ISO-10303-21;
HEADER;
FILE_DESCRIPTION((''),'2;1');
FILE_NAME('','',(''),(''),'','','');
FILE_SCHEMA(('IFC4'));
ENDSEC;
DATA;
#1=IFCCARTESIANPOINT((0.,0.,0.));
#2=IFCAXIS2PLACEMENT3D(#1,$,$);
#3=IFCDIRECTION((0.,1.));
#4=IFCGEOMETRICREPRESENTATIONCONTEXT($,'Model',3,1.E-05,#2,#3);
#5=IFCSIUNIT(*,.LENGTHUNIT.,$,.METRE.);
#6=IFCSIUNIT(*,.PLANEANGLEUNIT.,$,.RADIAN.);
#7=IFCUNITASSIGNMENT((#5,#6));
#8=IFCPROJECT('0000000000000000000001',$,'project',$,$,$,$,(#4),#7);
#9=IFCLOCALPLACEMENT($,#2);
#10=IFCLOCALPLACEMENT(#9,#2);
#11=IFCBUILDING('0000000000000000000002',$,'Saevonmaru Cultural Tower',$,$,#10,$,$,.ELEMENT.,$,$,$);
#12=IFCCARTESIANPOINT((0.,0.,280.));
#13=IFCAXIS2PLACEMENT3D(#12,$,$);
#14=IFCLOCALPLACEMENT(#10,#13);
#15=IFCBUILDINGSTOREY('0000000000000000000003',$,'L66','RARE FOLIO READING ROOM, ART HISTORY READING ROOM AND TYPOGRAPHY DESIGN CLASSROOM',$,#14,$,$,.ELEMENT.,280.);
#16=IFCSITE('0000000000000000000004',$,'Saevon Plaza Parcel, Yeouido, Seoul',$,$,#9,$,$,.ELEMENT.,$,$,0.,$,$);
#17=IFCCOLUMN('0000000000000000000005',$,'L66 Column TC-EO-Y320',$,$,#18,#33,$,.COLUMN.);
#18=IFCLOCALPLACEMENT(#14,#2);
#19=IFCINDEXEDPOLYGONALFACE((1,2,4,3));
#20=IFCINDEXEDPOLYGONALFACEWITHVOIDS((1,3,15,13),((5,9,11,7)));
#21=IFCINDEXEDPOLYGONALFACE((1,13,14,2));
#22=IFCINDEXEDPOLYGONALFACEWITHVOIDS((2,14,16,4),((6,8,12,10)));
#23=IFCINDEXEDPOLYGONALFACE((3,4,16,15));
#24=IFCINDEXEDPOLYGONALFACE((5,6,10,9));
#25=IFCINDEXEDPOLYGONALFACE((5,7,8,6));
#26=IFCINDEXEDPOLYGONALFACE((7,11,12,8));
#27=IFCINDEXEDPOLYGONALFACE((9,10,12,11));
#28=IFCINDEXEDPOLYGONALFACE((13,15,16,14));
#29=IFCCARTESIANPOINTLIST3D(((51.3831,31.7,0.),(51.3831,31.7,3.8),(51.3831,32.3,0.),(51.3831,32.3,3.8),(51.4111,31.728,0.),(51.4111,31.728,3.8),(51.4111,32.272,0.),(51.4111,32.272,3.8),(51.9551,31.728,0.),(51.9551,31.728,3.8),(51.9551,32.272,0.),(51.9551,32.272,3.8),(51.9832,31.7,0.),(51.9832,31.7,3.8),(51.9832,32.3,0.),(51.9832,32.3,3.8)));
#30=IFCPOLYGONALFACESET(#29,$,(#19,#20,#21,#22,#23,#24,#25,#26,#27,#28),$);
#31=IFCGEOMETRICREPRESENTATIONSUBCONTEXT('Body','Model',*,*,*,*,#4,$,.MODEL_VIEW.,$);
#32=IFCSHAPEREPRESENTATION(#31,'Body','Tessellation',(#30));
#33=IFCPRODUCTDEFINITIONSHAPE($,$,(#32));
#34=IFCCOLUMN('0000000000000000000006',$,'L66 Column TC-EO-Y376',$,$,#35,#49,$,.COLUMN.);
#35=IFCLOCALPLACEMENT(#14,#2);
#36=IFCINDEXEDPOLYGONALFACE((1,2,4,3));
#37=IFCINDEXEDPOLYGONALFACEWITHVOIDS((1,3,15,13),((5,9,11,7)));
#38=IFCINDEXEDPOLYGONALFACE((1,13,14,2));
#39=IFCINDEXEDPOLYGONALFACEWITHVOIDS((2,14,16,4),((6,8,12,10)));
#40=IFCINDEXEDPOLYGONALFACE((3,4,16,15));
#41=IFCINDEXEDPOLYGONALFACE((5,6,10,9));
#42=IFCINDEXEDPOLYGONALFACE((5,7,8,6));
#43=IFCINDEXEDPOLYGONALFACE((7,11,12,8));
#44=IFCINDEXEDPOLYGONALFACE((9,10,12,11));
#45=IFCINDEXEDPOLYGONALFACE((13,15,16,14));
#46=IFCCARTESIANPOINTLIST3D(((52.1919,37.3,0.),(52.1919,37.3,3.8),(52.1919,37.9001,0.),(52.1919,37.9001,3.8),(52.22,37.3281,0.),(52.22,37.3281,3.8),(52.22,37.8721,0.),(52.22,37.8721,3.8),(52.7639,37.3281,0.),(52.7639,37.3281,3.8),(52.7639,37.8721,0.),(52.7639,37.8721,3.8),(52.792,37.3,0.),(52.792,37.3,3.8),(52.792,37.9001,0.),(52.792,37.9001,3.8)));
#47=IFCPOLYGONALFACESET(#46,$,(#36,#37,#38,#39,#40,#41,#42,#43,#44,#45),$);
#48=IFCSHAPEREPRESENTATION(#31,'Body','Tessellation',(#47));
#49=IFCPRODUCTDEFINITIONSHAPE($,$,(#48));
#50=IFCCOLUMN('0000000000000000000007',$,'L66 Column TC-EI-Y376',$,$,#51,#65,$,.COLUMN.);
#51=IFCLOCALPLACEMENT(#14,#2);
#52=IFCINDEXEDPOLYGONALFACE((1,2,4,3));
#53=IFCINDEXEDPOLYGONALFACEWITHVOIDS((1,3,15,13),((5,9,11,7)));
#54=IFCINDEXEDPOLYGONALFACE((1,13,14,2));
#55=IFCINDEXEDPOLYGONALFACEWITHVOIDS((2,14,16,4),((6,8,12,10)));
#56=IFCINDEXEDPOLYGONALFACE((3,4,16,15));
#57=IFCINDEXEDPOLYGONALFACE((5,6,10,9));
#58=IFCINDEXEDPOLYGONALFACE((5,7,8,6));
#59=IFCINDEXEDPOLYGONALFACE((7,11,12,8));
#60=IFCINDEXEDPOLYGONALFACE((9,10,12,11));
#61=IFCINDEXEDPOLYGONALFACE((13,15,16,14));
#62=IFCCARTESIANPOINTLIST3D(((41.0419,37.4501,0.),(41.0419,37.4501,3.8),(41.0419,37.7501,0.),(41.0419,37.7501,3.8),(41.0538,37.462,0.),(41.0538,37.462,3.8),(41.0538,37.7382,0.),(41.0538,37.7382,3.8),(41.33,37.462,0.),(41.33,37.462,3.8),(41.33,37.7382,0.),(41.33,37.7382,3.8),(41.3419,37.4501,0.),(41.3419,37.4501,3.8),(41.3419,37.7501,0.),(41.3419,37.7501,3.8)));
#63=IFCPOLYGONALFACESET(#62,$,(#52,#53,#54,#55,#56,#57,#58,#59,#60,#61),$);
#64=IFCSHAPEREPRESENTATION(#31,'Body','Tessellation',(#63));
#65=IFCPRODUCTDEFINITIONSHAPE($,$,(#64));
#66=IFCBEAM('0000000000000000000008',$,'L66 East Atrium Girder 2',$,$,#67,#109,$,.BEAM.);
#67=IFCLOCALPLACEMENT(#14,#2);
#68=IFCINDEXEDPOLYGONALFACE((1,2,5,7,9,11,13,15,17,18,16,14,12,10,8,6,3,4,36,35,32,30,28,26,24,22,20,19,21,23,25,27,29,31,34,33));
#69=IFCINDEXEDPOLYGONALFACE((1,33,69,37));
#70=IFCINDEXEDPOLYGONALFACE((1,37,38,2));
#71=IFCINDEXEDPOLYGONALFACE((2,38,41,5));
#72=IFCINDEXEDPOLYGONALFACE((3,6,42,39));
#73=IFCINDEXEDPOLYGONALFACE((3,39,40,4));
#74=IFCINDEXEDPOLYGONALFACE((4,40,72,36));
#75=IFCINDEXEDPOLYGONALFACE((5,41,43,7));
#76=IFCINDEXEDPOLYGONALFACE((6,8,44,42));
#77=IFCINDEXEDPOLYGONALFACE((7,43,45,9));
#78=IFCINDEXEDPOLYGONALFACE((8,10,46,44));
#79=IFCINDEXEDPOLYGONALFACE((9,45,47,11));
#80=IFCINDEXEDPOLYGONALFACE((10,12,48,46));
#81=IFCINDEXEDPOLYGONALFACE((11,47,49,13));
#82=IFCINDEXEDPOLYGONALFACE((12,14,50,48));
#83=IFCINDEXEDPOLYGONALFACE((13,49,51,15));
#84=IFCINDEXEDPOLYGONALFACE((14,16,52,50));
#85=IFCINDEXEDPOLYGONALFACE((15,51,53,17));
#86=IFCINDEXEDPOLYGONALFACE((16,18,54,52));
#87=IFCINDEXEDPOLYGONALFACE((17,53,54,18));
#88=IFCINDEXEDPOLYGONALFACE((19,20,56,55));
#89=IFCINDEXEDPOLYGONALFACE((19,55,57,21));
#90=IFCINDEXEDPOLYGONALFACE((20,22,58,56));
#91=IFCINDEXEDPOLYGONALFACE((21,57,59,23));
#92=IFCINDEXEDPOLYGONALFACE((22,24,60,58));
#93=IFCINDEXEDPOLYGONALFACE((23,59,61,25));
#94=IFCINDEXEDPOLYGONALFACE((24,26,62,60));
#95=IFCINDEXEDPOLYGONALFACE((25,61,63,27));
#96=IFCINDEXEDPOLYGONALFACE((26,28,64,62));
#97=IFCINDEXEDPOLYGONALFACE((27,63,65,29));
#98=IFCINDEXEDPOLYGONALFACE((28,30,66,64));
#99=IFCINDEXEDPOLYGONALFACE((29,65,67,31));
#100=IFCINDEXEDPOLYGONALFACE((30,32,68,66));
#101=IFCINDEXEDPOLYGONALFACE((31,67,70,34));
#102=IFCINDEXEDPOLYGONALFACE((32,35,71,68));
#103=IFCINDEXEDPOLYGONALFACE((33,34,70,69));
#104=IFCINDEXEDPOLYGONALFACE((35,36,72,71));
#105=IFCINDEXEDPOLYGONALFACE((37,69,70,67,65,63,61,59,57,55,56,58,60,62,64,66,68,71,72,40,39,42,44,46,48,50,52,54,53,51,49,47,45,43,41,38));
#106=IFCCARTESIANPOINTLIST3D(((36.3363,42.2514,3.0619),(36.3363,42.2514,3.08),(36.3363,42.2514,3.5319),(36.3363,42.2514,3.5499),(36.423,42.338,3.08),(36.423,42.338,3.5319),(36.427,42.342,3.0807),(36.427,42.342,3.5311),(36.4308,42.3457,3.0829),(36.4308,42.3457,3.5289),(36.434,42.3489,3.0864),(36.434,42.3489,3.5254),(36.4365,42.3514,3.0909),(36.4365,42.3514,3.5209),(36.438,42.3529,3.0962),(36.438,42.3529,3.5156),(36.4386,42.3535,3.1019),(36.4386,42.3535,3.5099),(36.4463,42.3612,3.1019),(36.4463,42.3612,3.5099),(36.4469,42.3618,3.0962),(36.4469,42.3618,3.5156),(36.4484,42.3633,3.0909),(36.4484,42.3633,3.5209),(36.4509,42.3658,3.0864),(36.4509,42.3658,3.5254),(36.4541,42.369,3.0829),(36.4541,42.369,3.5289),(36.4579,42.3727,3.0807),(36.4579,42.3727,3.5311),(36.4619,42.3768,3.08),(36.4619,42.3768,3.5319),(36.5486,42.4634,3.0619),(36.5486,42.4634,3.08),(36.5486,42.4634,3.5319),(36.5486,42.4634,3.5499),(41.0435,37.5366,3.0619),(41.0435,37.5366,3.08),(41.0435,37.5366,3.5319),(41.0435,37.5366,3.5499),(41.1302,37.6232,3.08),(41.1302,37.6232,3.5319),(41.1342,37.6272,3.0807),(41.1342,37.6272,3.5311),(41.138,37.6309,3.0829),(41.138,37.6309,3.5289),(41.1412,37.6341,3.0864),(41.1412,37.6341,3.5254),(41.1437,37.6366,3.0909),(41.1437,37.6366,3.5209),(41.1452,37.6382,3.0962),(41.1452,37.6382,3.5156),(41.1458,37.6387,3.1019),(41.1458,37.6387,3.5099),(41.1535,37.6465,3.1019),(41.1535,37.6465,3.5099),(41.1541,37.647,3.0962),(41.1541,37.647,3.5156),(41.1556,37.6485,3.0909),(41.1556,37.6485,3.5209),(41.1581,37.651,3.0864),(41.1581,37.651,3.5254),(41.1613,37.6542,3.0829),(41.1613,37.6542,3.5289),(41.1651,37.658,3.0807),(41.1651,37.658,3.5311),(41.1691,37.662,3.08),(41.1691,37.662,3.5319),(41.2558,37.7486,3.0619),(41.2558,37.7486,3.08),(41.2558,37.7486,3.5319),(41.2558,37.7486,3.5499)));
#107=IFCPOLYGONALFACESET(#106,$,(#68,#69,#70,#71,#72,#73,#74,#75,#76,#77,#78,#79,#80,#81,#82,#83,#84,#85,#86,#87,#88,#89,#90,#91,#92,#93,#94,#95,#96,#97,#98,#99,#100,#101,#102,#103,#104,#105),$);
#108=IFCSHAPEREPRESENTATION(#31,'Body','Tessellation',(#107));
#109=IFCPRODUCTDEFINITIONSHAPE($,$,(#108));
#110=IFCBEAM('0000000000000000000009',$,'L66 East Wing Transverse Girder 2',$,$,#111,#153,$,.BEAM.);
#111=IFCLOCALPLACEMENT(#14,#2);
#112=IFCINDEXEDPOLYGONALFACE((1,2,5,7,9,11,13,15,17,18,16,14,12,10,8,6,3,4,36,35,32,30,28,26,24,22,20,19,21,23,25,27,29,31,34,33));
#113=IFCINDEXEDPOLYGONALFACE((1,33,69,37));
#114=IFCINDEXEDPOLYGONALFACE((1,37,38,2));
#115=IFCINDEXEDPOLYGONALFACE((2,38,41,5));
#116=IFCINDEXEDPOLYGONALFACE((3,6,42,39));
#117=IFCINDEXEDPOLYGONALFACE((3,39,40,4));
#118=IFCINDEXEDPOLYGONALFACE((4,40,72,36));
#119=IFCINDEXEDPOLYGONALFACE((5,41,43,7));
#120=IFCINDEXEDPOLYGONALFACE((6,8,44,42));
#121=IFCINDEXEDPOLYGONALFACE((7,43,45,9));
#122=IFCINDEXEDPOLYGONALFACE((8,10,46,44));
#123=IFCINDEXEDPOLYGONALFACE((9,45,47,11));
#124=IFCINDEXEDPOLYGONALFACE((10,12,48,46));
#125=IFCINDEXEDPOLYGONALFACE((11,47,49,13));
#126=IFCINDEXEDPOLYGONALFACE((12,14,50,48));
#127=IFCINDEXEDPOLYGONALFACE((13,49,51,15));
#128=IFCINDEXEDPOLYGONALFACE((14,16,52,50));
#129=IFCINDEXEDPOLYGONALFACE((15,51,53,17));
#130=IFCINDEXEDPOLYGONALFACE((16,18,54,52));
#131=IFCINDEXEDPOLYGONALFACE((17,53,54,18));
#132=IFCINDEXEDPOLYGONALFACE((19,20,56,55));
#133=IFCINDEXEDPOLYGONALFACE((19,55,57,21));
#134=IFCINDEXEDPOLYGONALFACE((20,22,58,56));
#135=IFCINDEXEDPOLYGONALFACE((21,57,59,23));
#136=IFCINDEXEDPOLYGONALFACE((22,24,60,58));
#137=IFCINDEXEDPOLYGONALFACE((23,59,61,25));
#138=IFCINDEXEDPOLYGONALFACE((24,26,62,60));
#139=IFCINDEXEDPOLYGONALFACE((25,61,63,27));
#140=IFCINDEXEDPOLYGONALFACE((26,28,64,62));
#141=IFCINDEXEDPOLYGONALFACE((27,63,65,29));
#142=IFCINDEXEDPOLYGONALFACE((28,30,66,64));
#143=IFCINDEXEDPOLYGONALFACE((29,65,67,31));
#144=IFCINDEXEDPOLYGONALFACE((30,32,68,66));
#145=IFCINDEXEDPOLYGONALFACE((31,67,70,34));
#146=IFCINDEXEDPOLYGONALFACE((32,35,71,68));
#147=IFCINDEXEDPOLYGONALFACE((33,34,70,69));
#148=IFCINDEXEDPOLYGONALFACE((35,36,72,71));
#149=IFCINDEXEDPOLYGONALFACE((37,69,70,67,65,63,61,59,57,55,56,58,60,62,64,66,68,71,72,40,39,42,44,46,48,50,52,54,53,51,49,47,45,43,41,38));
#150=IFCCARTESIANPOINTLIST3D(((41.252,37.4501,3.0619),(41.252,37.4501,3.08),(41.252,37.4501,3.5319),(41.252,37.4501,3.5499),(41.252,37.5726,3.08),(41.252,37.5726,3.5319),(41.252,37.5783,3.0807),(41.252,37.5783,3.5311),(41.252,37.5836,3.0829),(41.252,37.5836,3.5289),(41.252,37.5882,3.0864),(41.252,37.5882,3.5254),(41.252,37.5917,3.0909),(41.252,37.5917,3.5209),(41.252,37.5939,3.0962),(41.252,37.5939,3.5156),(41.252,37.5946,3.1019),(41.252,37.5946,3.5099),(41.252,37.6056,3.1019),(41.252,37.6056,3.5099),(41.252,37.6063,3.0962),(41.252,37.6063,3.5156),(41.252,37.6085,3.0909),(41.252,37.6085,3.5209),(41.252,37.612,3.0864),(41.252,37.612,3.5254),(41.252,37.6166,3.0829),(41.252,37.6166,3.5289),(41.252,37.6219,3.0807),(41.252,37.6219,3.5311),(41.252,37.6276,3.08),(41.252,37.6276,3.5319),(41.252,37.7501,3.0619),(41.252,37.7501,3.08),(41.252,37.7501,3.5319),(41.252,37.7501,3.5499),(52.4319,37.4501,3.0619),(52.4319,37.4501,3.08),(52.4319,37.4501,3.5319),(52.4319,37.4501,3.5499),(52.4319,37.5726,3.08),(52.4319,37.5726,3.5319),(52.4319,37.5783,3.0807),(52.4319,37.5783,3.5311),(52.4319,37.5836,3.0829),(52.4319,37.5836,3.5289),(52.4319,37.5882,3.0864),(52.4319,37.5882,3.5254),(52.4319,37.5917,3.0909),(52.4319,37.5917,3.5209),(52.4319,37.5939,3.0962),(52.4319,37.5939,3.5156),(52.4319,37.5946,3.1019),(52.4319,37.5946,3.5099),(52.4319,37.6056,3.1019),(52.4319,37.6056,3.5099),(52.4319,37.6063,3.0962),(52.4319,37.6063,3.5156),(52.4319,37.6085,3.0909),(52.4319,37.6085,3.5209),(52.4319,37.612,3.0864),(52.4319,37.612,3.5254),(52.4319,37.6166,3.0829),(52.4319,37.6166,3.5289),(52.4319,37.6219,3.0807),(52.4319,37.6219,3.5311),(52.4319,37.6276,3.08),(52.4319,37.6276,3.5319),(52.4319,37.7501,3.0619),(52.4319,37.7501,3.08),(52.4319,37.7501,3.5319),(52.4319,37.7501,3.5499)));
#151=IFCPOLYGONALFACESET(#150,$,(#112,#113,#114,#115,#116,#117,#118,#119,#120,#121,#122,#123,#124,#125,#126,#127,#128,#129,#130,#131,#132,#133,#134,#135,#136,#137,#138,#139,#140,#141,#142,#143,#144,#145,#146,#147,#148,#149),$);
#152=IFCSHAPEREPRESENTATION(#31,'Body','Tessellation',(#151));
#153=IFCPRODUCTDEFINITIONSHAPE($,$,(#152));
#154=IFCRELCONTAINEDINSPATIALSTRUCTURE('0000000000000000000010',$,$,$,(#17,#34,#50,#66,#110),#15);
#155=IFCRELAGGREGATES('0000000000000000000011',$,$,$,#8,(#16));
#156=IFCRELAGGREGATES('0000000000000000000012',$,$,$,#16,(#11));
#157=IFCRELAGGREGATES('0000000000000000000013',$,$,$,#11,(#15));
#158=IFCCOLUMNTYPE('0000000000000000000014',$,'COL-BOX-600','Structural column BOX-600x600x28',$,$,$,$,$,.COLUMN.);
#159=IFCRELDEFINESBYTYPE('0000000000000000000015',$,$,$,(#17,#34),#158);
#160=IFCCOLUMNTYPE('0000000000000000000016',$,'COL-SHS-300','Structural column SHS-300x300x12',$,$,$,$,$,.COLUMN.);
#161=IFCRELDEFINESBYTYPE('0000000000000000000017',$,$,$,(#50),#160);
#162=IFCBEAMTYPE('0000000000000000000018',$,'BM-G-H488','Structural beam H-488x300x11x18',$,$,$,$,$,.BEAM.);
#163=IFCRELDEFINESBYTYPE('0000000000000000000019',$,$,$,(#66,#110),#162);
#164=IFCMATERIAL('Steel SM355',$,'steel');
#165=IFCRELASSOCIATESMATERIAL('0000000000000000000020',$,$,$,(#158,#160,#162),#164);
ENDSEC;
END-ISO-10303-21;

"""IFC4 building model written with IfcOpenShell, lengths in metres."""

from ifc_helpers import new_model, si_unit, direction, frame, origin, origin_2d, place, context, subcontext, project, spatial, hollow_rectangle, i_section, extrude, material, material_profile, profile_set, type_object, element, save


model = new_model("IFC4")

# Units and contexts
model_context = context("Model", 3, precision=1e-05, world=origin(), true_north=direction((0.0, 1.0)))
body_context = subcontext(model_context, "Body", "Model", "MODEL_VIEW")
ifc_project = project(units=[si_unit("LENGTHUNIT", "METRE"), si_unit("PLANEANGLEUNIT", "RADIAN")], contexts=[model_context])

# Site, building, storey
site_placement = place(None, origin())
site = spatial("IfcSite", under=ifc_project, at=site_placement, Name="Saevon Plaza Parcel, Yeouido, Seoul", CompositionType="ELEMENT", RefElevation=0.0)
building_placement = place(site_placement, origin())
building = spatial("IfcBuilding", under=site, at=building_placement, Name="Saevonmaru Cultural Tower", CompositionType="ELEMENT")
storey_placement = place(building_placement, frame((0.0, 0.0, 280.0)))
storey = spatial("IfcBuildingStorey", under=building, at=storey_placement, Name="L66", Description="RARE FOLIO READING ROOM, ART HISTORY READING ROOM AND TYPOGRAPHY DESIGN CLASSROOM", CompositionType="ELEMENT", Elevation=280.0)

# Columns
ifc_material_1 = material(Name="Steel SM355", Category="steel")
ifc_material_profile_1 = material_profile(ifc_material_1, hollow_rectangle(XDim=0.6001, YDim=0.6001, WallThickness=0.0281, at=origin_2d()), Name="BOX-600x600x28")
ifc_profile_set_1 = profile_set([ifc_material_profile_1], Name="Steel SM355")
column_type_1 = type_object("IfcColumnType", Name="COL-BOX-600", Description="Structural column BOX-600x600x28", PredefinedType="COLUMN", material=ifc_profile_set_1)
for number, where, z_axis, x_axis, name in (
    (1, (51.6831, 32.0, 0.0), (0.0, 0.0, 1.0), (1.0, 0.0, 0.0), "L66 Column TC-EO-Y320"),
    (2, (52.4919, 37.6001, 0.0), (0.0, 0.0, 1.0), (1.0, 0.0, 0.0), "L66 Column TC-EO-Y376"),
):
    element("IfcColumn", number, at=place(storey_placement, frame(where, z_axis=z_axis, x_axis=x_axis)), inside=storey, type_object=column_type_1, Name=name, PredefinedType="COLUMN", context=body_context, shape_type="SweptSolid", body=[
        extrude(hollow_rectangle(XDim=0.6001, YDim=0.6001, WallThickness=0.0281, at=origin_2d()), origin(), (0.0, 0.0, 1.0), 3.8),
    ])
ifc_material_profile_2 = material_profile(ifc_material_1, hollow_rectangle(XDim=0.3, YDim=0.3, WallThickness=0.012, at=origin_2d()), Name="SHS-300x300x12")
ifc_profile_set_2 = profile_set([ifc_material_profile_2], Name="Steel SM355")
column_type_2 = type_object("IfcColumnType", Name="COL-SHS-300", Description="Structural column SHS-300x300x12", PredefinedType="COLUMN", material=ifc_profile_set_2)
column_placement = place(storey_placement, frame((41.1919, 37.6001, 0.0), z_axis=(0.0, 0.0, 1.0), x_axis=(1.0, 0.0, 0.0)))
element("IfcColumn", 3, at=column_placement, inside=storey, type_object=column_type_2, Name="L66 Column TC-EI-Y376", PredefinedType="COLUMN", context=body_context, shape_type="SweptSolid", body=[
    extrude(hollow_rectangle(XDim=0.3, YDim=0.3, WallThickness=0.012, at=origin_2d()), origin(), (0.0, 0.0, 1.0), 3.8),
])

# Beams
ifc_material_profile_3 = material_profile(ifc_material_1, i_section(OverallWidth=0.3, OverallDepth=0.488, WebThickness=0.011, FlangeThickness=0.0181, FilletRadius=0.022, at=origin_2d()), Name="H-488x300x11x18")
ifc_profile_set_3 = profile_set([ifc_material_profile_3], Name="Steel SM355")
beam_type_1 = type_object("IfcBeamType", Name="BM-G-H488", Description="Structural beam H-488x300x11x18", PredefinedType="BEAM", material=ifc_profile_set_3)
beam_1_placement = place(storey_placement, frame((41.1497, 37.6426, 3.3059), z_axis=(-0.706539, 0.707675, 0.0), x_axis=(-0.707675, -0.706539, 0.0)))
element("IfcBeam", 4, at=beam_1_placement, inside=storey, type_object=beam_type_1, Name="L66 East Atrium Girder 2", PredefinedType="BEAM", context=body_context, shape_type="SweptSolid", body=[
    extrude(i_section(OverallWidth=0.3, OverallDepth=0.488, WebThickness=0.011, FlangeThickness=0.0181, FilletRadius=0.022, at=origin_2d()), origin(), (0.0, 0.0, 1.0), 6.6624),
])
beam_2_placement = place(storey_placement, frame((41.252, 37.6001, 3.3059), z_axis=(1.0, 0.0, 0.0), x_axis=(0.0, 1.0, 0.0)))
element("IfcBeam", 5, at=beam_2_placement, inside=storey, type_object=beam_type_1, Name="L66 East Wing Transverse Girder 2", PredefinedType="BEAM", context=body_context, shape_type="SweptSolid", body=[
    extrude(i_section(OverallWidth=0.3, OverallDepth=0.488, WebThickness=0.011, FlangeThickness=0.0181, FilletRadius=0.022, at=origin_2d()), origin(), (0.0, 0.0, 1.0), 11.1799),
])

save(model, "model.ifc")
